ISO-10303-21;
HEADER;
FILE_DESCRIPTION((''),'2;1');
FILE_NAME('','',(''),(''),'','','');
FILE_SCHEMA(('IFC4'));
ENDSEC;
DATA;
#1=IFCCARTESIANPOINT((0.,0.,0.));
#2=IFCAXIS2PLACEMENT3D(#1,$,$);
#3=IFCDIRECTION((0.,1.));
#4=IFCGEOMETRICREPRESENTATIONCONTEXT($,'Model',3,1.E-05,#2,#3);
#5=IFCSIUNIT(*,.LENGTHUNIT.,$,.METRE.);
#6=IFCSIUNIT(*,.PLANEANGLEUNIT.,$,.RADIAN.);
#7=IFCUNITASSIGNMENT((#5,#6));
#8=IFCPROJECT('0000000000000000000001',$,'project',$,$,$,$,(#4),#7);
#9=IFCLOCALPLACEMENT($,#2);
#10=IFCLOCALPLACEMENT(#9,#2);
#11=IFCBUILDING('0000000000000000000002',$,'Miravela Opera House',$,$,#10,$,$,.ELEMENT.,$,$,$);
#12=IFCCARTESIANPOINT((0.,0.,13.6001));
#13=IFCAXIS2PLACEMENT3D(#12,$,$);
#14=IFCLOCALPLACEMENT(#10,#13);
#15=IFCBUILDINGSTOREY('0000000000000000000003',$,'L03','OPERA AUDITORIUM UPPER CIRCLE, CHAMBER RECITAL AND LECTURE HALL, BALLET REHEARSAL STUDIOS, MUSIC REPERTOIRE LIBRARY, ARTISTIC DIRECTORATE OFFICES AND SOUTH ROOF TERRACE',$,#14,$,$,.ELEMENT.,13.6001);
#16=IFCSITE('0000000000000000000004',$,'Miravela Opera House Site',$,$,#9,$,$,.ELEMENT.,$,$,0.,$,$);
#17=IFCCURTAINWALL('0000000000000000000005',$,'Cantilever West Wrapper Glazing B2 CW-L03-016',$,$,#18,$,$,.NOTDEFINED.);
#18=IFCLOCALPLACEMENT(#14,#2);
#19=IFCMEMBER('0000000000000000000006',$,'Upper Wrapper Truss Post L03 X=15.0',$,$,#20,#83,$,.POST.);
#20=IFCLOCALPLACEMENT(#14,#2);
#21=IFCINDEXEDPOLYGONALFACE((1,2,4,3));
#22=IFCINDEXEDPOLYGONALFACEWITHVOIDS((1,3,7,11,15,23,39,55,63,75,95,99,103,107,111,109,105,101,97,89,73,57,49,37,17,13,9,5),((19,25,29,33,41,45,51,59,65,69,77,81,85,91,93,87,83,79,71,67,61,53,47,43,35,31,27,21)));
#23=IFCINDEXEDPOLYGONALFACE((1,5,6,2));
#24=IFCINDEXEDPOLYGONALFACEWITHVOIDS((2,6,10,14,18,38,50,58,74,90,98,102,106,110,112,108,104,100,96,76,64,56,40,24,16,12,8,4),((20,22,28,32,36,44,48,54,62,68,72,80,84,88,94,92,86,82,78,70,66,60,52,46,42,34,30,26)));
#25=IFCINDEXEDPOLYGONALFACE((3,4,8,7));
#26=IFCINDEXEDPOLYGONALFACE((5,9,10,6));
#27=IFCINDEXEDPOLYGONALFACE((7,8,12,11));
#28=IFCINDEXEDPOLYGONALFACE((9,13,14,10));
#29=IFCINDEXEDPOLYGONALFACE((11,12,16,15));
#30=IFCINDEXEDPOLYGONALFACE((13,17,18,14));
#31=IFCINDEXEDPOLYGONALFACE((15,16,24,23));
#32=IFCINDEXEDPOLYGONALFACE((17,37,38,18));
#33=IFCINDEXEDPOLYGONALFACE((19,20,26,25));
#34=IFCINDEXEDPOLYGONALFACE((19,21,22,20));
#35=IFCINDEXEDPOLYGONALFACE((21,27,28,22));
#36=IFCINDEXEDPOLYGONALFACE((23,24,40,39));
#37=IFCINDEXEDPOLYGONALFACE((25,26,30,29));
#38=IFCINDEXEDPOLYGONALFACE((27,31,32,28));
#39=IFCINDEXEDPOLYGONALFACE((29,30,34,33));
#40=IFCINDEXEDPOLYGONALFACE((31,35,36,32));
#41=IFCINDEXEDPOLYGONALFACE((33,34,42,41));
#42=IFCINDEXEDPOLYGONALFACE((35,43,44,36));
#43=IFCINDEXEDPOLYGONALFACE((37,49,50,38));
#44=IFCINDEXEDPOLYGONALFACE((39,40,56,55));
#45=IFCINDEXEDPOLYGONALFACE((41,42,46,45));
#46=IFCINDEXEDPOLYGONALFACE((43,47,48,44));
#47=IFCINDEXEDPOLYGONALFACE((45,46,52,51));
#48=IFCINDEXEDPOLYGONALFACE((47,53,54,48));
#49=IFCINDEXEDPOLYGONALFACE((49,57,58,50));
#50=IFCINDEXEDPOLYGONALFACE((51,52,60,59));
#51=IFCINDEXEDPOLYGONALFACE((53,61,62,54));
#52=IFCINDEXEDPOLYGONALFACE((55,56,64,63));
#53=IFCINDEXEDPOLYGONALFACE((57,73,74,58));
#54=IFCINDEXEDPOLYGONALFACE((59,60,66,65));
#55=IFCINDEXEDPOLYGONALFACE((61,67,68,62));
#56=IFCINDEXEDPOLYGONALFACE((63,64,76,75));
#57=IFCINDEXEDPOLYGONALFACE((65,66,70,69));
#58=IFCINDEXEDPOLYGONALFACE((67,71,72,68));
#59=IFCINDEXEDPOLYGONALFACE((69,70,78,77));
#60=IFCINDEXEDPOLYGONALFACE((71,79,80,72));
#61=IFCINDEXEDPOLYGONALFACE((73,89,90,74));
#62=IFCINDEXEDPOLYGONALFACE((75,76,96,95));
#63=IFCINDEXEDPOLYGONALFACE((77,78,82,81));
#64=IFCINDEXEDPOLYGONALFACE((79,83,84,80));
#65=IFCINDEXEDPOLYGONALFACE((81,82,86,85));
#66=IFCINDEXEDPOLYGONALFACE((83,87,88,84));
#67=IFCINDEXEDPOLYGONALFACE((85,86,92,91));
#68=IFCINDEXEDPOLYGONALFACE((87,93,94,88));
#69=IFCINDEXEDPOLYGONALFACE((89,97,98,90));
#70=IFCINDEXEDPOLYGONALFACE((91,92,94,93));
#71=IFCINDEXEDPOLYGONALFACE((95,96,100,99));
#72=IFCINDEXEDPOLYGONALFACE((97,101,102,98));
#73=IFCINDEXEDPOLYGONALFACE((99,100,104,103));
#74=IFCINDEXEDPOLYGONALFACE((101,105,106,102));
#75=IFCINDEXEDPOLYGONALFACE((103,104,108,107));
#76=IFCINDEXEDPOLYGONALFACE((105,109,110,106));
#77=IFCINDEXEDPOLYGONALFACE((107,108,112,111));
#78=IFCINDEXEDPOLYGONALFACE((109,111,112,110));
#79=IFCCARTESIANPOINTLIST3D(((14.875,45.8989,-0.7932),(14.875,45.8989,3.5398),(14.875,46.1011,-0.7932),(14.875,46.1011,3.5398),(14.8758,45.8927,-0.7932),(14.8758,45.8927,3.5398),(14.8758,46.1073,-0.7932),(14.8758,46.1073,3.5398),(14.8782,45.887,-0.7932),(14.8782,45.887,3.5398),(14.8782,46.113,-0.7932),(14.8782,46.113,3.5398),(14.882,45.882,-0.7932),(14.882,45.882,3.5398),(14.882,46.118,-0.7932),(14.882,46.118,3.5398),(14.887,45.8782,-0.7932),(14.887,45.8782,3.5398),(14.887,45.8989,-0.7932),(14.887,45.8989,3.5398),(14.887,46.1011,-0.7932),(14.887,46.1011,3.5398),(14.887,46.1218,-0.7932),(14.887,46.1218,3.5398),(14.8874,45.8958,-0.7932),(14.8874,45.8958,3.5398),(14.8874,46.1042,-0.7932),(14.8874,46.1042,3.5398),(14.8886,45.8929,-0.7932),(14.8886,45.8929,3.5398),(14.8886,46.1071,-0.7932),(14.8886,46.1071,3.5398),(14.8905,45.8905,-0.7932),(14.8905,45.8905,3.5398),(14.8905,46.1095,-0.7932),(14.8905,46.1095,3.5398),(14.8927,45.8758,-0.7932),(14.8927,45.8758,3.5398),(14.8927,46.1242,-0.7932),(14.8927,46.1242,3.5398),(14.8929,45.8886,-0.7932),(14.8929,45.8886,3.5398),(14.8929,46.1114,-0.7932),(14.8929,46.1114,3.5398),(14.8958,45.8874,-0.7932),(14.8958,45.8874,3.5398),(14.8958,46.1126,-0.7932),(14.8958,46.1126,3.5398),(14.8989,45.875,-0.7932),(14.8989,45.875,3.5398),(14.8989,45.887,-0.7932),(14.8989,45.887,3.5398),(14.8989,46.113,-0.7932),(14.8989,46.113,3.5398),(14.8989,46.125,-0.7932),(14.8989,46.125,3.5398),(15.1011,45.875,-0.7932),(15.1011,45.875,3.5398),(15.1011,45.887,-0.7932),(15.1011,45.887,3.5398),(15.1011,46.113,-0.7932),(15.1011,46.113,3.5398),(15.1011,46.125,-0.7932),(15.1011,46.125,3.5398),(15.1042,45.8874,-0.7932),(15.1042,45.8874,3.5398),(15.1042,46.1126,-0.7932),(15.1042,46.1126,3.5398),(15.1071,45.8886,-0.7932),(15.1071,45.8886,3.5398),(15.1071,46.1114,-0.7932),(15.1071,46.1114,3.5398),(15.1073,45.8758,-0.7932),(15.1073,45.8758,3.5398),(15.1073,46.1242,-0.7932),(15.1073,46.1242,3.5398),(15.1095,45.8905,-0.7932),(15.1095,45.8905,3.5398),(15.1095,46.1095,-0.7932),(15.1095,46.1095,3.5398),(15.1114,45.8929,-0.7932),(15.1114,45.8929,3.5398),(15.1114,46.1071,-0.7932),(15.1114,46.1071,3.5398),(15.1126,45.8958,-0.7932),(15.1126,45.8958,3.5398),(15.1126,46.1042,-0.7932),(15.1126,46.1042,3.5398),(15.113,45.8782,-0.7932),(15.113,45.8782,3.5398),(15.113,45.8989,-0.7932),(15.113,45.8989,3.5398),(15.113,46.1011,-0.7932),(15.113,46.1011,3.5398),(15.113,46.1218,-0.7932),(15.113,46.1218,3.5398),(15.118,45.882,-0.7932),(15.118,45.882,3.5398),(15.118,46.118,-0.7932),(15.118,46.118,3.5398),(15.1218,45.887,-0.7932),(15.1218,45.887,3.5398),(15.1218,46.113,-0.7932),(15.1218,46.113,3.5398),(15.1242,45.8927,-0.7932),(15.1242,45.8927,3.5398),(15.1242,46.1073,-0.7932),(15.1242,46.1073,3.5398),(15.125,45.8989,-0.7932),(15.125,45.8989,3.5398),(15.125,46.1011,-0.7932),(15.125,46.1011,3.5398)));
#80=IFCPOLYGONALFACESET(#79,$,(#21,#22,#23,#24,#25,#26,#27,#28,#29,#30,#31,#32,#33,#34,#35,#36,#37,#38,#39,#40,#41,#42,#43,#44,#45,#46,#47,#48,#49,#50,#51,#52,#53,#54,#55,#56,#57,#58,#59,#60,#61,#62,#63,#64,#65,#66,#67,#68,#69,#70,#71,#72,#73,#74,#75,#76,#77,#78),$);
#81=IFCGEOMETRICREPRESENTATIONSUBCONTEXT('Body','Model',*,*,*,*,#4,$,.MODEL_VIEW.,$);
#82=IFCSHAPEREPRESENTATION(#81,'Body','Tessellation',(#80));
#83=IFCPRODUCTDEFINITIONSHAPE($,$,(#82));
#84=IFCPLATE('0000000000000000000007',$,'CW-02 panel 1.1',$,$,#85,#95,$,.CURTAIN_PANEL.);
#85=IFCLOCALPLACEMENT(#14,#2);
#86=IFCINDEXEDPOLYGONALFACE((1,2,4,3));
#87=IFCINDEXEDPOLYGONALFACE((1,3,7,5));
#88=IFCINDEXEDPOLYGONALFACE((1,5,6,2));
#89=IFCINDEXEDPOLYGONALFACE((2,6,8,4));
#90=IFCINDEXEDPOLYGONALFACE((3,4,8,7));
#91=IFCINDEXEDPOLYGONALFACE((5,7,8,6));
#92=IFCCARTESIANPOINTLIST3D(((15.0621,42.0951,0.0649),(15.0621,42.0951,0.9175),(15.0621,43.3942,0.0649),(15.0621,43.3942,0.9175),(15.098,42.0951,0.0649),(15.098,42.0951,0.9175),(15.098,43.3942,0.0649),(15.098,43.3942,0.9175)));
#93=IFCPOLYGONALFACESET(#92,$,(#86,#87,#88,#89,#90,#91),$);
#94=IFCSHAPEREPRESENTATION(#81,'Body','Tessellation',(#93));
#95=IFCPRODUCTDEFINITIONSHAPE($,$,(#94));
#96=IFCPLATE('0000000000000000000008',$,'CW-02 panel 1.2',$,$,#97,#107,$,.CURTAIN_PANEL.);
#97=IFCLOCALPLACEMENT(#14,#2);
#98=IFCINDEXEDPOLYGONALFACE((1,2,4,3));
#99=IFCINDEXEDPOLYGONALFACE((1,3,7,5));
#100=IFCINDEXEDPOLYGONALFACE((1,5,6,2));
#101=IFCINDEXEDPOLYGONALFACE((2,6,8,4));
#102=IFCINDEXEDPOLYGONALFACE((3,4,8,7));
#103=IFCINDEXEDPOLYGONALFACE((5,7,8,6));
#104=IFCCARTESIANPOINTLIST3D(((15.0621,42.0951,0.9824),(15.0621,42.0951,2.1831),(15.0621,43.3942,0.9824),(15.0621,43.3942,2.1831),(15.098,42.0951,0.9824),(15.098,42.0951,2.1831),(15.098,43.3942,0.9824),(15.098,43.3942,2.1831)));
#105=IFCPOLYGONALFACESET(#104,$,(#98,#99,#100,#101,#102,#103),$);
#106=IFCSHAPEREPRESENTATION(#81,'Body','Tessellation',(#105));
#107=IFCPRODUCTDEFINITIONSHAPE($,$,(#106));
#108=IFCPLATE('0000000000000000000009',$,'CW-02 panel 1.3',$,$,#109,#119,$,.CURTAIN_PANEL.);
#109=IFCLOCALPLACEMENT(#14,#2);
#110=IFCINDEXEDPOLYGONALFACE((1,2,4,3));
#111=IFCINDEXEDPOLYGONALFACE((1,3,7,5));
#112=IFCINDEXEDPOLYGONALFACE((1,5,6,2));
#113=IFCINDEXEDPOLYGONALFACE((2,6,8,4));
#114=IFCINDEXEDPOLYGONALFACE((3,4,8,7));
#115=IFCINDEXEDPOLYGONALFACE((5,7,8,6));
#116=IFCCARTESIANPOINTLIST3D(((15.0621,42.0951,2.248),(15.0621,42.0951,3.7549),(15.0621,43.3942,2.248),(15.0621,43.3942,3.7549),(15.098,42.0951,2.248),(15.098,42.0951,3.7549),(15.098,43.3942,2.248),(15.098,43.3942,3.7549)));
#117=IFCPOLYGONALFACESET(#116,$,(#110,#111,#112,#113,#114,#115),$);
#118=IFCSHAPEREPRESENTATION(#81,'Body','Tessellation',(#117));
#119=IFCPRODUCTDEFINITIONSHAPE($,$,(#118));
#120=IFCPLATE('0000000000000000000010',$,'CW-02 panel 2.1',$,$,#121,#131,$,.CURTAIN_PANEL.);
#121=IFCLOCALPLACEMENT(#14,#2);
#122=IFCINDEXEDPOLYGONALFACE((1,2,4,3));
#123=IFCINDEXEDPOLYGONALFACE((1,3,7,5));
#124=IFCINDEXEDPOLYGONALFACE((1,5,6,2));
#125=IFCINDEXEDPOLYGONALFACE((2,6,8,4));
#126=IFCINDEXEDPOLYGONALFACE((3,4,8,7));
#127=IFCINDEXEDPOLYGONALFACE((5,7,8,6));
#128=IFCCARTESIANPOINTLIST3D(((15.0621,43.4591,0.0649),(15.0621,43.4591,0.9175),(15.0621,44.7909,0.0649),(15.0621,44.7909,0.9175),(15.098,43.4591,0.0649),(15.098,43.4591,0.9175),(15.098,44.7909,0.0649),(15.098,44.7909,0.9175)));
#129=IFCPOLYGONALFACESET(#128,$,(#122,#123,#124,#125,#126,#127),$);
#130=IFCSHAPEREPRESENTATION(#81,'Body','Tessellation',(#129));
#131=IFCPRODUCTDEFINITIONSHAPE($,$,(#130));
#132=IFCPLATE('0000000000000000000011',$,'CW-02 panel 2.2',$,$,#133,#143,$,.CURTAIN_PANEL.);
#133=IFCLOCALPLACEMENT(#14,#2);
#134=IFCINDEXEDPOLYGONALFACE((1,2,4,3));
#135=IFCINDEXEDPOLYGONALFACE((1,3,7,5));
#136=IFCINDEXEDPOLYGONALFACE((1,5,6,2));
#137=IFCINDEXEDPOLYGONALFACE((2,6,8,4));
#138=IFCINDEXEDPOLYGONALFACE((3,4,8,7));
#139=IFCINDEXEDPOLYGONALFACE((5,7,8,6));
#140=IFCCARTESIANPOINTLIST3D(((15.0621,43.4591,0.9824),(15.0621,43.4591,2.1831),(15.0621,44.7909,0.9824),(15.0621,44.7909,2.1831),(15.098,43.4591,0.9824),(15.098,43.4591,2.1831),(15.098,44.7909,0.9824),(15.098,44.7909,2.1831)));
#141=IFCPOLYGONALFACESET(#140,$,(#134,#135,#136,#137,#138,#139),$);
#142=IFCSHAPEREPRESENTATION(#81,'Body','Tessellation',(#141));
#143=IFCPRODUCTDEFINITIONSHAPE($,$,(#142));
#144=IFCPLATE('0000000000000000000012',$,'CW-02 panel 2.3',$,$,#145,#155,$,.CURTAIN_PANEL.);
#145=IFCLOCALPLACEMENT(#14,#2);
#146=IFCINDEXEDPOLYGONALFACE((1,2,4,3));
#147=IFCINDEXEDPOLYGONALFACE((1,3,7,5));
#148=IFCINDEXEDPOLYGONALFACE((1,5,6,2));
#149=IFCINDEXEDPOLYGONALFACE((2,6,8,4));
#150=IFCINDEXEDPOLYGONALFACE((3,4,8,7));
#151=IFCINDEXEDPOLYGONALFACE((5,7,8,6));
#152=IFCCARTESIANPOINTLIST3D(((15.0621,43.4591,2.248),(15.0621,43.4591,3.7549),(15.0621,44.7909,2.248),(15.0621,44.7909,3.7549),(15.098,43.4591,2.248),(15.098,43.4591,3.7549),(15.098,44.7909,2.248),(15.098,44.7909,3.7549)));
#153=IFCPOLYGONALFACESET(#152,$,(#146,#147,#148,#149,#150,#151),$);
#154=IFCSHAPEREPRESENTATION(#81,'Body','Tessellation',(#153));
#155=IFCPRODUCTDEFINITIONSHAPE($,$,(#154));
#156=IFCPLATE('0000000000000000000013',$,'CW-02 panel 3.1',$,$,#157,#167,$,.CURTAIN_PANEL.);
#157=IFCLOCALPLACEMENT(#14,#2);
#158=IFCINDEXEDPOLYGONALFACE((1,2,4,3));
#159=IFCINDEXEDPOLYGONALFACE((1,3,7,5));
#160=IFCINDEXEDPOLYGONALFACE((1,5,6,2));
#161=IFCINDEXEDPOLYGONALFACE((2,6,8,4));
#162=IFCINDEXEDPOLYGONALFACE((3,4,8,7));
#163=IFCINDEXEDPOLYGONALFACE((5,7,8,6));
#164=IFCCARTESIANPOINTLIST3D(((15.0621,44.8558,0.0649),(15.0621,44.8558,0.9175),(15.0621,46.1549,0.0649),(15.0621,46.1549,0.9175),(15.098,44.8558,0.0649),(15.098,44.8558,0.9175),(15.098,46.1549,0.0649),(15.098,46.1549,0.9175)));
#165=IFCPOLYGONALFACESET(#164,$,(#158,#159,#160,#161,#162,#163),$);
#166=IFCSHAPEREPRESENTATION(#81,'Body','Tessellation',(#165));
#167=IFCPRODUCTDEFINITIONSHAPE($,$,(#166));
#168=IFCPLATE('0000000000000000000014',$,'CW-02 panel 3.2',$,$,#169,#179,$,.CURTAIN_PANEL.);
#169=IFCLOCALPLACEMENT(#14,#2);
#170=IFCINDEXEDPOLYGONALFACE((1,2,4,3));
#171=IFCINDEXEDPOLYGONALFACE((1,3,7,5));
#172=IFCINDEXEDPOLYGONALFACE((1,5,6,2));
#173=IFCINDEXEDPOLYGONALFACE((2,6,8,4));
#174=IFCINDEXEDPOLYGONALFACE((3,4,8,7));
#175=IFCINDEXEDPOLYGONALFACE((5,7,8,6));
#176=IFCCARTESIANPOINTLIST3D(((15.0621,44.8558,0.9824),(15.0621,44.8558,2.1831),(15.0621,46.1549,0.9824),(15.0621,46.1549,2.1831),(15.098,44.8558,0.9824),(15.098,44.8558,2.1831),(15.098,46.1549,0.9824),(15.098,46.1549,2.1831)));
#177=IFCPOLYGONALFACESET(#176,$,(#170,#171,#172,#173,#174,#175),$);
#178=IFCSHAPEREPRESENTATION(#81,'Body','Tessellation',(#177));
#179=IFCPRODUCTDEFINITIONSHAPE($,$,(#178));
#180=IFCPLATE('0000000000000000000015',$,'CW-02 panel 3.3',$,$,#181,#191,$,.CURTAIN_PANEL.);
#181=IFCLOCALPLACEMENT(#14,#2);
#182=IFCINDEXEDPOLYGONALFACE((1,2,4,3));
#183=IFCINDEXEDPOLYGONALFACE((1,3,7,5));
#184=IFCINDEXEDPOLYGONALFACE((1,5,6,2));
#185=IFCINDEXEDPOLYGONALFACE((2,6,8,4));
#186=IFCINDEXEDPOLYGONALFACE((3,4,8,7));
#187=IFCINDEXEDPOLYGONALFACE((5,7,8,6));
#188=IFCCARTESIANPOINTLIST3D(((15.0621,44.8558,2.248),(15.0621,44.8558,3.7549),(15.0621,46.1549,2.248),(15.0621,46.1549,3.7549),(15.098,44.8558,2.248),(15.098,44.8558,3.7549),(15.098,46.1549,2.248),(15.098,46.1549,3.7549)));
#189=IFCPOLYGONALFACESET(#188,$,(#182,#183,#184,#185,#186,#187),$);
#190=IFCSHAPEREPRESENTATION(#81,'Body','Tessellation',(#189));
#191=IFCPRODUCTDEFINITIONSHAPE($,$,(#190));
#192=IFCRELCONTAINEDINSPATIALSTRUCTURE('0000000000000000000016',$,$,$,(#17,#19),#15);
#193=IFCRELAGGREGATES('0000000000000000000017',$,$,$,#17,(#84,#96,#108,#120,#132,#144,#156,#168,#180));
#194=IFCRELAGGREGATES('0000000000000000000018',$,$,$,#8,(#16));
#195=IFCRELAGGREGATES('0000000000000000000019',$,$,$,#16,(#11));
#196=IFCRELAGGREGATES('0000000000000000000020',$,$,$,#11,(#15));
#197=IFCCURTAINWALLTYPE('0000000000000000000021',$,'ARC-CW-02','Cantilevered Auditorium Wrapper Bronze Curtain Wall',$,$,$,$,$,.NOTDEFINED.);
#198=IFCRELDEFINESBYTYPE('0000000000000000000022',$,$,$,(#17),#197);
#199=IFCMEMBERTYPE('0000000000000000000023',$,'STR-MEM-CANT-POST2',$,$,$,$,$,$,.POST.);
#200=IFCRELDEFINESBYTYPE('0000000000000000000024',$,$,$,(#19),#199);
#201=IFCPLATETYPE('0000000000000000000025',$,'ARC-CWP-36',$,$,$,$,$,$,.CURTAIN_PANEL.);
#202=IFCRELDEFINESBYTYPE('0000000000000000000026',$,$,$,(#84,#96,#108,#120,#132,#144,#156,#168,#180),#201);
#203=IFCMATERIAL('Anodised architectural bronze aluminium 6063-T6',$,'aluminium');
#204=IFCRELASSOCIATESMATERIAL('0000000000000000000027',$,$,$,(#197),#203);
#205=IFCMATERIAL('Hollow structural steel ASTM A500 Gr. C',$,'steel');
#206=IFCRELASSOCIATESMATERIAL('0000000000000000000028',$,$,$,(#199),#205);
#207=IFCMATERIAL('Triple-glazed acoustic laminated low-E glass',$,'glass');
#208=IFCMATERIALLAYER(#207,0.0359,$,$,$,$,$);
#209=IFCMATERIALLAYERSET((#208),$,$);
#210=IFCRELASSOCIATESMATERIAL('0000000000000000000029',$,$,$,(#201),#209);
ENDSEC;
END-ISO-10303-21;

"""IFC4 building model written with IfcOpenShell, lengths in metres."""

from ifc_helpers import new_model, si_unit, direction, frame, origin, origin_2d, place, context, subcontext, project, spatial, rectangle, hollow_rectangle, extrude, material, layer, layer_set, material_profile, profile_set, type_object, element, aggregate, save


model = new_model("IFC4")

# Units and contexts
model_context = context("Model", 3, precision=1e-05, world=origin(), true_north=direction((0.0, 1.0)))
body_context = subcontext(model_context, "Body", "Model", "MODEL_VIEW")
ifc_project = project(units=[si_unit("LENGTHUNIT", "METRE"), si_unit("PLANEANGLEUNIT", "RADIAN")], contexts=[model_context])

# Site, building, storey
site_placement = place(None, origin())
site = spatial("IfcSite", under=ifc_project, at=site_placement, Name="Miravela Opera House Site", CompositionType="ELEMENT", RefElevation=0.0)
building_placement = place(site_placement, origin())
building = spatial("IfcBuilding", under=site, at=building_placement, Name="Miravela Opera House", CompositionType="ELEMENT")
storey_placement = place(building_placement, frame((0.0, 0.0, 13.6001)))
storey = spatial("IfcBuildingStorey", under=building, at=storey_placement, Name="L03", Description="OPERA AUDITORIUM UPPER CIRCLE, CHAMBER RECITAL AND LECTURE HALL, BALLET REHEARSAL STUDIOS, MUSIC REPERTOIRE LIBRARY, ARTISTIC DIRECTORATE OFFICES AND SOUTH ROOF TERRACE", CompositionType="ELEMENT", Elevation=13.6001)

# Curtain wall
ifc_material_1 = material(Name="Anodised architectural bronze aluminium 6063-T6", Category="aluminium")
curtain_wall_type = type_object("IfcCurtainWallType", Name="ARC-CW-02", Description="Cantilevered Auditorium Wrapper Bronze Curtain Wall", PredefinedType="NOTDEFINED", material=ifc_material_1)
curtain_wall_1_placement = place(storey_placement, origin())
curtain_wall_1 = element("IfcCurtainWall", 1, at=curtain_wall_1_placement, inside=storey, type_object=curtain_wall_type, Name="Cantilever West Wrapper Glazing B2 CW-L03-016", PredefinedType="NOTDEFINED")

# Member
ifc_material_2 = material(Name="Hollow structural steel ASTM A500 Gr. C", Category="steel")
ifc_material_profile_1 = material_profile(ifc_material_2, hollow_rectangle(XDim=0.25, YDim=0.25, WallThickness=0.012, InnerFilletRadius=0.012, OuterFilletRadius=0.0239, at=origin_2d()), Name="HSS250X250X12")
ifc_profile_set_1 = profile_set([ifc_material_profile_1])
member_type_1 = type_object("IfcMemberType", Name="STR-MEM-CANT-POST2", PredefinedType="POST", material=ifc_profile_set_1)
member_1_placement = place(storey_placement, frame((15.0, 46.0, -0.7932), z_axis=(0.0, 0.0, 1.0), x_axis=(1.0, 0.0, 0.0)))
element("IfcMember", 2, at=member_1_placement, inside=storey, type_object=member_type_1, Name="Upper Wrapper Truss Post L03 X=15.0", PredefinedType="POST", context=body_context, shape_type="SweptSolid", body=[
    extrude(hollow_rectangle(XDim=0.25, YDim=0.25, WallThickness=0.012, InnerFilletRadius=0.012, OuterFilletRadius=0.0239, at=origin_2d()), origin(), (0.0, 0.0, 1.0), 4.333),
])

# Plates
ifc_material_3 = material(Name="Triple-glazed acoustic laminated low-E glass", Category="glass")
ifc_layer = layer(ifc_material_3, 0.0359)
ifc_layer_set = layer_set([ifc_layer])
plate_type = type_object("IfcPlateType", Name="ARC-CWP-36", PredefinedType="CURTAIN_PANEL", material=ifc_layer_set)
plate_1_placement = place(storey_placement, frame((15.0801, 42.7446, 0.0649), z_axis=(0.0, 0.0, 1.0), x_axis=(0.0, 1.0, 0.0)))
plate_1 = element("IfcPlate", 3, at=plate_1_placement, type_object=plate_type, Name="CW-02 panel 1.1", PredefinedType="CURTAIN_PANEL", context=body_context, shape_type="SweptSolid", body=[
    extrude(rectangle(XDim=1.2991, YDim=0.0359, at=origin_2d()), origin(), (0.0, 0.0, 1.0), 0.8525),
])
plate_2_placement = place(storey_placement, frame((15.0801, 42.7446, 0.9824), z_axis=(0.0, 0.0, 1.0), x_axis=(0.0, 1.0, 0.0)))
plate_2 = element("IfcPlate", 4, at=plate_2_placement, type_object=plate_type, Name="CW-02 panel 1.2", PredefinedType="CURTAIN_PANEL", context=body_context, shape_type="SweptSolid", body=[
    extrude(rectangle(XDim=1.2991, YDim=0.0359, at=origin_2d()), origin(), (0.0, 0.0, 1.0), 1.2007),
])
plate_3_placement = place(storey_placement, frame((15.0801, 42.7446, 2.248), z_axis=(0.0, 0.0, 1.0), x_axis=(0.0, 1.0, 0.0)))
plate_3 = element("IfcPlate", 5, at=plate_3_placement, type_object=plate_type, Name="CW-02 panel 1.3", PredefinedType="CURTAIN_PANEL", context=body_context, shape_type="SweptSolid", body=[
    extrude(rectangle(XDim=1.2991, YDim=0.0359, at=origin_2d()), origin(), (0.0, 0.0, 1.0), 1.5068),
])
plate_4_placement = place(storey_placement, frame((15.0801, 44.125, 0.0649), z_axis=(0.0, 0.0, 1.0), x_axis=(0.0, 1.0, 0.0)))
plate_4 = element("IfcPlate", 6, at=plate_4_placement, type_object=plate_type, Name="CW-02 panel 2.1", PredefinedType="CURTAIN_PANEL", context=body_context, shape_type="SweptSolid", body=[
    extrude(rectangle(XDim=1.3318, YDim=0.0359, at=origin_2d()), origin(), (0.0, 0.0, 1.0), 0.8525),
])
plate_5_placement = place(storey_placement, frame((15.0801, 44.125, 0.9824), z_axis=(0.0, 0.0, 1.0), x_axis=(0.0, 1.0, 0.0)))
plate_5 = element("IfcPlate", 7, at=plate_5_placement, type_object=plate_type, Name="CW-02 panel 2.2", PredefinedType="CURTAIN_PANEL", context=body_context, shape_type="SweptSolid", body=[
    extrude(rectangle(XDim=1.3318, YDim=0.0359, at=origin_2d()), origin(), (0.0, 0.0, 1.0), 1.2007),
])
plate_6_placement = place(storey_placement, frame((15.0801, 44.125, 2.248), z_axis=(0.0, 0.0, 1.0), x_axis=(0.0, 1.0, 0.0)))
plate_6 = element("IfcPlate", 8, at=plate_6_placement, type_object=plate_type, Name="CW-02 panel 2.3", PredefinedType="CURTAIN_PANEL", context=body_context, shape_type="SweptSolid", body=[
    extrude(rectangle(XDim=1.3318, YDim=0.0359, at=origin_2d()), origin(), (0.0, 0.0, 1.0), 1.5068),
])
plate_7_placement = place(storey_placement, frame((15.0801, 45.5054, 0.0649), z_axis=(0.0, 0.0, 1.0), x_axis=(0.0, 1.0, 0.0)))
plate_7 = element("IfcPlate", 9, at=plate_7_placement, type_object=plate_type, Name="CW-02 panel 3.1", PredefinedType="CURTAIN_PANEL", context=body_context, shape_type="SweptSolid", body=[
    extrude(rectangle(XDim=1.2991, YDim=0.0359, at=origin_2d()), origin(), (0.0, 0.0, 1.0), 0.8525),
])
plate_8_placement = place(storey_placement, frame((15.0801, 45.5054, 0.9824), z_axis=(0.0, 0.0, 1.0), x_axis=(0.0, 1.0, 0.0)))
plate_8 = element("IfcPlate", 10, at=plate_8_placement, type_object=plate_type, Name="CW-02 panel 3.2", PredefinedType="CURTAIN_PANEL", context=body_context, shape_type="SweptSolid", body=[
    extrude(rectangle(XDim=1.2991, YDim=0.0359, at=origin_2d()), origin(), (0.0, 0.0, 1.0), 1.2007),
])
plate_9_placement = place(storey_placement, frame((15.0801, 45.5054, 2.248), z_axis=(0.0, 0.0, 1.0), x_axis=(0.0, 1.0, 0.0)))
plate_9 = element("IfcPlate", 11, at=plate_9_placement, type_object=plate_type, Name="CW-02 panel 3.3", PredefinedType="CURTAIN_PANEL", context=body_context, shape_type="SweptSolid", body=[
    extrude(rectangle(XDim=1.2991, YDim=0.0359, at=origin_2d()), origin(), (0.0, 0.0, 1.0), 1.5068),
])
aggregate(curtain_wall_1, [plate_1, plate_2, plate_3, plate_4, plate_5, plate_6, plate_7, plate_8, plate_9])

save(model, "model.ifc")
